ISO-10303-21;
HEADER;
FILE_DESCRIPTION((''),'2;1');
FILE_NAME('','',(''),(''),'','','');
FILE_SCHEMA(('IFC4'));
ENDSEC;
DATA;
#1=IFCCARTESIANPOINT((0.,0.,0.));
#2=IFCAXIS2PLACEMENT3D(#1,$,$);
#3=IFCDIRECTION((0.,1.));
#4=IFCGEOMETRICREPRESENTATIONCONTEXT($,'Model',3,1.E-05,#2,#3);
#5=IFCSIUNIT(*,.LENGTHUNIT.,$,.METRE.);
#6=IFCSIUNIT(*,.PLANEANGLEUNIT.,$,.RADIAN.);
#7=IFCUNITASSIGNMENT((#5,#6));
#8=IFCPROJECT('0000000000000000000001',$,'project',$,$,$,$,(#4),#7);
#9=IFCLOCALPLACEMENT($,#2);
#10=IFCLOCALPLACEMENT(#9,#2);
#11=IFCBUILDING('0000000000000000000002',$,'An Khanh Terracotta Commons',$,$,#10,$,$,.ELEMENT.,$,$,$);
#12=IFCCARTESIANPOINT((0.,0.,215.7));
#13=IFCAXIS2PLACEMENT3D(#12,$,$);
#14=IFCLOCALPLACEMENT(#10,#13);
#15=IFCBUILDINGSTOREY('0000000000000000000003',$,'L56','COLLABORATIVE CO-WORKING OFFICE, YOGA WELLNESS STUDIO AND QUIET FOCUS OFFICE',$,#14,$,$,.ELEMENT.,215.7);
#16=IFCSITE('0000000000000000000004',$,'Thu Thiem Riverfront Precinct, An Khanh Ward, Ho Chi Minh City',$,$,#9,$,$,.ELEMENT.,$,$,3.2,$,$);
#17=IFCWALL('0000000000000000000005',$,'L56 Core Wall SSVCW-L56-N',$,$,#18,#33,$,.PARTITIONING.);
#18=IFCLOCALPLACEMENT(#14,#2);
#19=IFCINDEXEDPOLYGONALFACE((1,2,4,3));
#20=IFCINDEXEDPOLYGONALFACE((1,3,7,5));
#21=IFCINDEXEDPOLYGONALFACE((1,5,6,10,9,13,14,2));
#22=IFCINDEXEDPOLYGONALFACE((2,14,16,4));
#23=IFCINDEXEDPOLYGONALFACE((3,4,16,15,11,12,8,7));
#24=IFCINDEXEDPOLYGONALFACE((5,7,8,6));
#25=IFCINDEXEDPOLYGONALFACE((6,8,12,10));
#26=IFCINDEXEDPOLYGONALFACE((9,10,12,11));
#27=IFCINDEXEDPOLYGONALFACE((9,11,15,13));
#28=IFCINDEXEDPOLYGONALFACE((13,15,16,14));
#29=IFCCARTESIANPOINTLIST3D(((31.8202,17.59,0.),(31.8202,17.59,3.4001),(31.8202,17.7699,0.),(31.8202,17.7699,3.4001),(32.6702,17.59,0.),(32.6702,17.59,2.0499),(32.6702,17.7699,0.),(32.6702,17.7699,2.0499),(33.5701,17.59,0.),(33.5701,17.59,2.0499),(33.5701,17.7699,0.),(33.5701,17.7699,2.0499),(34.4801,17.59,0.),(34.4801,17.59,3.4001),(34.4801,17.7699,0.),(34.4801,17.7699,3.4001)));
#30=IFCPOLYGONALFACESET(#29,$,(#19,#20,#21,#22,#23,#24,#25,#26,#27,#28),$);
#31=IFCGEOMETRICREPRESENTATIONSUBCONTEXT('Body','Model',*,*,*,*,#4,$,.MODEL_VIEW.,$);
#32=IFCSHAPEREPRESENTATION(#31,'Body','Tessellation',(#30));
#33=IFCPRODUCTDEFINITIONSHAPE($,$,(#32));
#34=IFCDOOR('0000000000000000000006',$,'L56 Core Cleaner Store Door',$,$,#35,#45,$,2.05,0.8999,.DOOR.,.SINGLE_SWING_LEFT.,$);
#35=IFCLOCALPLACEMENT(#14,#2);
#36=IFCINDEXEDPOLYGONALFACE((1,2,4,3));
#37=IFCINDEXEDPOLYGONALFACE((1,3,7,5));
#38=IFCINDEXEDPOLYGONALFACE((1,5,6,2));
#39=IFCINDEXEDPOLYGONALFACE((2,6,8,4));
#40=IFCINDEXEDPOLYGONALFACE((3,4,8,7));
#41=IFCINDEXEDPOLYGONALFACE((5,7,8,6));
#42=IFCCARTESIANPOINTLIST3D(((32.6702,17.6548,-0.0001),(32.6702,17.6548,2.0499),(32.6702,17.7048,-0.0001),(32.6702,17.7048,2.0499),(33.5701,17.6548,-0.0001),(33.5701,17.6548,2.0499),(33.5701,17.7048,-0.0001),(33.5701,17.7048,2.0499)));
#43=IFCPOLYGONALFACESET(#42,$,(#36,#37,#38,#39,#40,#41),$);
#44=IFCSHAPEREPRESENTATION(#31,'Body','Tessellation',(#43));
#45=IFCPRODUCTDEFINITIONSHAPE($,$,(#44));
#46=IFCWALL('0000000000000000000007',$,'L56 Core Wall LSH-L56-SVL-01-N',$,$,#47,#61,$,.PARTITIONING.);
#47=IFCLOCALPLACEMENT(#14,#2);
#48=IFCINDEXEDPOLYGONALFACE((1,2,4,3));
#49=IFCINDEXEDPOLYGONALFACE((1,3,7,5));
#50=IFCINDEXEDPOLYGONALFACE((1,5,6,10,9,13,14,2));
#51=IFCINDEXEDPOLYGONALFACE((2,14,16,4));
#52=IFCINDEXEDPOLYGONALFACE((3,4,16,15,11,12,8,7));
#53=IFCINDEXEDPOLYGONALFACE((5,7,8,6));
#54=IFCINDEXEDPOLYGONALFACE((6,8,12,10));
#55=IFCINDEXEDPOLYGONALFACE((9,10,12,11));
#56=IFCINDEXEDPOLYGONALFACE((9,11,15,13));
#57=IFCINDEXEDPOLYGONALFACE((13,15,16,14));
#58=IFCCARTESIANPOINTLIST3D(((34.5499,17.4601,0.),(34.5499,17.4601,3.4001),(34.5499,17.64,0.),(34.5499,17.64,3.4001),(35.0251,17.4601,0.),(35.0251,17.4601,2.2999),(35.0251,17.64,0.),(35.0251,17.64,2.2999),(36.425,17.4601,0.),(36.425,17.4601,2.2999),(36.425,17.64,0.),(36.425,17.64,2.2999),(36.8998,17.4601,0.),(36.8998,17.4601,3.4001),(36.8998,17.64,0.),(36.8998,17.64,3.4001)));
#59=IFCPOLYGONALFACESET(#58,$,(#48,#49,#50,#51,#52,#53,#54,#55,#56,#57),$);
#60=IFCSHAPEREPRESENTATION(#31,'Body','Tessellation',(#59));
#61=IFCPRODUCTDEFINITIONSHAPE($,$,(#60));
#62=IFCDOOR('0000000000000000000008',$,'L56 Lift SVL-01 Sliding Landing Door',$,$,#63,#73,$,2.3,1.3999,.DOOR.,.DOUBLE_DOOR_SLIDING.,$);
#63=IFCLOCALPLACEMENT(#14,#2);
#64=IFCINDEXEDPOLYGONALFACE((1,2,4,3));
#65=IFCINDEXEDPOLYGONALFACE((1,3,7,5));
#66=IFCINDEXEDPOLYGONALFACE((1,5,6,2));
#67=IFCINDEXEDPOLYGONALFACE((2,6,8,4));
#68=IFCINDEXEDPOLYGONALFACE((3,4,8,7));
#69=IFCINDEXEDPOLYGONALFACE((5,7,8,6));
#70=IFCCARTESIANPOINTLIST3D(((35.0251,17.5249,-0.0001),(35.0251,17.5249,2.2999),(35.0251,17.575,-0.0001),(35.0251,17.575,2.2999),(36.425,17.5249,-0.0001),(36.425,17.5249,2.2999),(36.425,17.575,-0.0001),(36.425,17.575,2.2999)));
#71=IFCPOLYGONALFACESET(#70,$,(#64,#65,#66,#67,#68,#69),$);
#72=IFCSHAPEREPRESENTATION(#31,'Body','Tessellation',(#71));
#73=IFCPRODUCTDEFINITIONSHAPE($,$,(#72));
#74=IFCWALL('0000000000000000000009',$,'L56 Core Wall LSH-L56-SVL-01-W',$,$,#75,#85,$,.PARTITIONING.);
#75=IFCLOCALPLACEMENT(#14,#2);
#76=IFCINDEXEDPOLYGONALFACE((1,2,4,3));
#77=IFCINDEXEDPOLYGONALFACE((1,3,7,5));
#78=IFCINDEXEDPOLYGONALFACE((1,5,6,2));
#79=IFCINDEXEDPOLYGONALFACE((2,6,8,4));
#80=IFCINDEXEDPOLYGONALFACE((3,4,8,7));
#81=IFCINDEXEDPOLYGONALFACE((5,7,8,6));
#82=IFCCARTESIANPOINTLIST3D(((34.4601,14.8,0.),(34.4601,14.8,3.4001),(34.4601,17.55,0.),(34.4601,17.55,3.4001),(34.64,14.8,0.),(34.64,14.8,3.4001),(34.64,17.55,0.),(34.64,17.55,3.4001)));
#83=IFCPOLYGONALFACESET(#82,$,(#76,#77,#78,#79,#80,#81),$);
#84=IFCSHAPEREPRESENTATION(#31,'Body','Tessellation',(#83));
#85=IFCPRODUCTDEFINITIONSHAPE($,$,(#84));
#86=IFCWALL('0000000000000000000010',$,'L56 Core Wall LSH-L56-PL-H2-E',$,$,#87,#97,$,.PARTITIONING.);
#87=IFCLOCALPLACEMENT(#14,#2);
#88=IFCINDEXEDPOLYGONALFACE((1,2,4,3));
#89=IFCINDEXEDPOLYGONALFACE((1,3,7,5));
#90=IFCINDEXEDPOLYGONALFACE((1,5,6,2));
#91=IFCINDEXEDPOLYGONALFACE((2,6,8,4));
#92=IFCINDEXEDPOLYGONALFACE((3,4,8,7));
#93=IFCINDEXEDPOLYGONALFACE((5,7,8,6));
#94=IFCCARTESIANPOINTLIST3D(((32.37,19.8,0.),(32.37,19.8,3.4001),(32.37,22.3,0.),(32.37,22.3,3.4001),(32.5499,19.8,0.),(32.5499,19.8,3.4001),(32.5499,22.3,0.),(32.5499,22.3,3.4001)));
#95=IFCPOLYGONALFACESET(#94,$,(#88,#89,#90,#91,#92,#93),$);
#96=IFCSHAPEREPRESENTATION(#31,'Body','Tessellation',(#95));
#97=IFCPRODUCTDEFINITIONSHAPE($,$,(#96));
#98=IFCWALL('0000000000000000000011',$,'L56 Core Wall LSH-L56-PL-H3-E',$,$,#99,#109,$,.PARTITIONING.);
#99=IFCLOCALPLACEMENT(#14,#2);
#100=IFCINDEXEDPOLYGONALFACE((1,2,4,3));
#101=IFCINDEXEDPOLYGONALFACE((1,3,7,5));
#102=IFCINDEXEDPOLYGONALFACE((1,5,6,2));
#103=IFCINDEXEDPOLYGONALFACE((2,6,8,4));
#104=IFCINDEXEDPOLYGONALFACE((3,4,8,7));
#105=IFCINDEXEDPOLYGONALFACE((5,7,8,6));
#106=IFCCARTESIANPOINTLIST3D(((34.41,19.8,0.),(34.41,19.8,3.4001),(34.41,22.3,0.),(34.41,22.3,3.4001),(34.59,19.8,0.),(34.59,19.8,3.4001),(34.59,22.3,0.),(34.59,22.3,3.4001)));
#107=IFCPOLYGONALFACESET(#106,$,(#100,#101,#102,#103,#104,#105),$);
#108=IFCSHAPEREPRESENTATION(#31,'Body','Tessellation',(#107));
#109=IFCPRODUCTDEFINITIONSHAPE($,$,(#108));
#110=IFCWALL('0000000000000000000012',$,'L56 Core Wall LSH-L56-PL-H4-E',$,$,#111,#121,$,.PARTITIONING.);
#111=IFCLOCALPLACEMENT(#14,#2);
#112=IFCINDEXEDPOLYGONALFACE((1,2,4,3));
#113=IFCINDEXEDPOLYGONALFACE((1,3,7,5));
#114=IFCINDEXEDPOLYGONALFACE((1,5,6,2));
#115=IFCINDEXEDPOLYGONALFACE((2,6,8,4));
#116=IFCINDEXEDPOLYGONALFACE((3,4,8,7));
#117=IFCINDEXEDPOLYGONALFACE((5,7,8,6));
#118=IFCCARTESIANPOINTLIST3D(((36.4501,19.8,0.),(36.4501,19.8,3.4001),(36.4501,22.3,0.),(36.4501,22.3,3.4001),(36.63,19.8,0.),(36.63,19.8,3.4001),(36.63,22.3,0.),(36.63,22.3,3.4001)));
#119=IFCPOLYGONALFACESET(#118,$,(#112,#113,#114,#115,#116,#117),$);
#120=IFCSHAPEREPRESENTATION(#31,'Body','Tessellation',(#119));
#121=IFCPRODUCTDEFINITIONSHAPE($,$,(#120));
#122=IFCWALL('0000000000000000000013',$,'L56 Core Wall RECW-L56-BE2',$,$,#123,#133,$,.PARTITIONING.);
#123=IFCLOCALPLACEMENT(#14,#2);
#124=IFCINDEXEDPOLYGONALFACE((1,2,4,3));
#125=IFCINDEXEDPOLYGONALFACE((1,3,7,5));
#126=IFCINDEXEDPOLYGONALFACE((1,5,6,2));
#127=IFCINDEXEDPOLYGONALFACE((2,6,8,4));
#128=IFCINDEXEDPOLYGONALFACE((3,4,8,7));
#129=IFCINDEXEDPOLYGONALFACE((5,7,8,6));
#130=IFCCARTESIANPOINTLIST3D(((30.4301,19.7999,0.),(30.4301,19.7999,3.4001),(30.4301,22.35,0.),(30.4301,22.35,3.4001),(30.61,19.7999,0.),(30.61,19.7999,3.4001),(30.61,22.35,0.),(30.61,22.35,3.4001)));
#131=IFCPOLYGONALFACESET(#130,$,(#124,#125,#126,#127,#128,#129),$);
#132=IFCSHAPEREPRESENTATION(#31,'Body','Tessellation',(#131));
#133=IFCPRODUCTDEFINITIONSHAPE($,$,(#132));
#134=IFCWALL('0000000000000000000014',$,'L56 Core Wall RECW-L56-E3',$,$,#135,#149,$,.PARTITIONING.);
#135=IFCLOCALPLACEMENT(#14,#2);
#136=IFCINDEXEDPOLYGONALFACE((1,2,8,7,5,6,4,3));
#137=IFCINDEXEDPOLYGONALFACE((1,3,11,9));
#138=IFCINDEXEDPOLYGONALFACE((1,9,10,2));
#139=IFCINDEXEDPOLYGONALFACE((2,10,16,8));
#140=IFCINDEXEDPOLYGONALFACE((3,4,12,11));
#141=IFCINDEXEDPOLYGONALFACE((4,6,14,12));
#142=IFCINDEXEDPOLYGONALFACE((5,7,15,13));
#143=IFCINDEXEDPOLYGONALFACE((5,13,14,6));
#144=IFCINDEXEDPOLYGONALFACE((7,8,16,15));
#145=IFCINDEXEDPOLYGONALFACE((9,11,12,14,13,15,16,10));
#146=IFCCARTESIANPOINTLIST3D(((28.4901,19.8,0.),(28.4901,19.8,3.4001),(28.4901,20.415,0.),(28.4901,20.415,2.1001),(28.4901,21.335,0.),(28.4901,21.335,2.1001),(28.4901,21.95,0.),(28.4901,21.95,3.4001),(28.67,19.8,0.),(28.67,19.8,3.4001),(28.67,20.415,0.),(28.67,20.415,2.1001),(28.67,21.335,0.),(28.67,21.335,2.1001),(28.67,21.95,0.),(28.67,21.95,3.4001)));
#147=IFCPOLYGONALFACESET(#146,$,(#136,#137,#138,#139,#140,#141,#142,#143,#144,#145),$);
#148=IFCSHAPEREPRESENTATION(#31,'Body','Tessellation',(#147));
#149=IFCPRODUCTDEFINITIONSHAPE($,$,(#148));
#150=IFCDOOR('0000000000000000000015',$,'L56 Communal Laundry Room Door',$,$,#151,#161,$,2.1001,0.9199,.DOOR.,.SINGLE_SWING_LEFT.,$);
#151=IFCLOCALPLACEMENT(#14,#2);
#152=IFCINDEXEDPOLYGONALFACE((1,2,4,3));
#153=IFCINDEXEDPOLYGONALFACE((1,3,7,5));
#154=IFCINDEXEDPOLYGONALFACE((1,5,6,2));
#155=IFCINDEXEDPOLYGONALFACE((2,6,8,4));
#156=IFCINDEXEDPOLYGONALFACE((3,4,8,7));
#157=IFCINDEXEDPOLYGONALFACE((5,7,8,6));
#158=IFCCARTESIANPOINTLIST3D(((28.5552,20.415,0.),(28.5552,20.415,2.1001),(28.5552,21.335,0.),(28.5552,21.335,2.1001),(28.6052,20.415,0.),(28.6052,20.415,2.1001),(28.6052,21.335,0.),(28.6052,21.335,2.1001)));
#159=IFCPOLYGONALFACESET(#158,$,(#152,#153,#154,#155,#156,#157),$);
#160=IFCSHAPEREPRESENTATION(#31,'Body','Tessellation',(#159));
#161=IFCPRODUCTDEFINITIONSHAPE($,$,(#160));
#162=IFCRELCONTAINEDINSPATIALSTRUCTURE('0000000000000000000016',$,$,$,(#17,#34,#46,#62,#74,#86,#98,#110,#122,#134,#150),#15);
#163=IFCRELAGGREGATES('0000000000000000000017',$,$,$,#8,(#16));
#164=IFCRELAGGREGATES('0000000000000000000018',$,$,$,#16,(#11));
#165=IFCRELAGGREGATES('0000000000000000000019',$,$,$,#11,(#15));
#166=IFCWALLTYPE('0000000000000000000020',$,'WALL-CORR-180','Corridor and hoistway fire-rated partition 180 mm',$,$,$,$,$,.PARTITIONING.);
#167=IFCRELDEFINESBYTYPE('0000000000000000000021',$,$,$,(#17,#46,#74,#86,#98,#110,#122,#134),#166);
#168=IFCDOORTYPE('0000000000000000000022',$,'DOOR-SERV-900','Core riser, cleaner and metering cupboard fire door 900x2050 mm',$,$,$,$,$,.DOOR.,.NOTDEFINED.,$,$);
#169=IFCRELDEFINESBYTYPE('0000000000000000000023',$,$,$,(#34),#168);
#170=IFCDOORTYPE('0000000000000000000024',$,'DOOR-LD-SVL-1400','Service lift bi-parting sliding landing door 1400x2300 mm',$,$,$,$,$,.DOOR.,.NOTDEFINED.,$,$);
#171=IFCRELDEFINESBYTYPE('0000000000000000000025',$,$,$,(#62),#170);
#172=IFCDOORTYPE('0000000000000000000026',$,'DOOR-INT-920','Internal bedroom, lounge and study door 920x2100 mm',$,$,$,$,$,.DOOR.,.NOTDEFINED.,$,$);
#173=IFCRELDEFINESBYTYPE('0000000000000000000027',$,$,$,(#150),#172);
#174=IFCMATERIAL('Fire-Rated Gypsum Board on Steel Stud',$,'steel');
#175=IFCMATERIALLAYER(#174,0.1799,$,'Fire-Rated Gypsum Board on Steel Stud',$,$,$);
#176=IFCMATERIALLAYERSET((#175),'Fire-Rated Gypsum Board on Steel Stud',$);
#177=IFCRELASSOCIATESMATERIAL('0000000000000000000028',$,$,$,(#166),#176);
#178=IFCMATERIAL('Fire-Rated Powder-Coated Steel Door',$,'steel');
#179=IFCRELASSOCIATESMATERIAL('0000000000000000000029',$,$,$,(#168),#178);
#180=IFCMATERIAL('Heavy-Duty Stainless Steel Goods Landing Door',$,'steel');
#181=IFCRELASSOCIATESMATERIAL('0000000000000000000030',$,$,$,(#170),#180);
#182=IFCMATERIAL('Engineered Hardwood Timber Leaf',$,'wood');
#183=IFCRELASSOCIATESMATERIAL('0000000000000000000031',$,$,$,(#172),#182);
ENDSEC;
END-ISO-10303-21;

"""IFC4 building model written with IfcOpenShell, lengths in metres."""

from ifc_helpers import new_model, si_unit, direction, frame, frame_2d, origin, place, context, subcontext, project, spatial, rectangle, extrude, material, layer, layer_set, type_object, element, fill, save


model = new_model("IFC4")

# Units and contexts
model_context = context("Model", 3, precision=1e-05, world=origin(), true_north=direction((0.0, 1.0)))
body_context = subcontext(model_context, "Body", "Model", "MODEL_VIEW")
ifc_project = project(units=[si_unit("LENGTHUNIT", "METRE"), si_unit("PLANEANGLEUNIT", "RADIAN")], contexts=[model_context])

# Site, building, storey
site_placement = place(None, origin())
site = spatial("IfcSite", under=ifc_project, at=site_placement, Name="Thu Thiem Riverfront Precinct, An Khanh Ward, Ho Chi Minh City", CompositionType="ELEMENT", RefElevation=3.2)
building_placement = place(site_placement, origin())
building = spatial("IfcBuilding", under=site, at=building_placement, Name="An Khanh Terracotta Commons", CompositionType="ELEMENT")
storey_placement = place(building_placement, frame((0.0, 0.0, 215.7)))
storey = spatial("IfcBuildingStorey", under=building, at=storey_placement, Name="L56", Description="COLLABORATIVE CO-WORKING OFFICE, YOGA WELLNESS STUDIO AND QUIET FOCUS OFFICE", CompositionType="ELEMENT", Elevation=215.7)

# Walls, openings, doors
ifc_material_1 = material(Name="Fire-Rated Gypsum Board on Steel Stud", Category="steel")
ifc_layer = layer(ifc_material_1, 0.1799, Name="Fire-Rated Gypsum Board on Steel Stud")
ifc_layer_set = layer_set([ifc_layer], Name="Fire-Rated Gypsum Board on Steel Stud")
wall_type = type_object("IfcWallType", Name="WALL-CORR-180", Description="Corridor and hoistway fire-rated partition 180 mm", PredefinedType="PARTITIONING", material=ifc_layer_set)
wall_1_placement = place(storey_placement, frame((31.8201, 17.6799, 0.0), z_axis=(0.0, 0.0, 1.0), x_axis=(1.0, 0.0, 0.0)))
wall_1 = element("IfcWall", 1, at=wall_1_placement, inside=storey, type_object=wall_type, Name="L56 Core Wall SSVCW-L56-N", PredefinedType="PARTITIONING", context=body_context, shape_type="SweptSolid", body=[
    extrude(rectangle(XDim=2.6599, YDim=0.1799, at=frame_2d((1.3301, 0.0))), origin(), (0.0, 0.0, 1.0), 3.4001),
])
opening_1_placement = place(wall_1_placement, frame((0.8501, 0.0, 0.0)))
opening_1 = element("IfcOpeningElement", 2, at=opening_1_placement, cuts=wall_1, PredefinedType="OPENING", context=body_context, shape_type="SweptSolid", body=[
    extrude(rectangle(XDim=0.8999, YDim=2.05, at=frame_2d((0.45, 1.0249))), frame((0.0, 0.0999, 0.0), z_axis=(0.0, -1.0, 0.0), x_axis=(1.0, 0.0, 0.0)), (0.0, 0.0, 1.0), 0.2),
])
ifc_material_2 = material(Name="Fire-Rated Powder-Coated Steel Door", Category="steel")
door_type_1 = type_object("IfcDoorType", Name="DOOR-SERV-900", Description="Core riser, cleaner and metering cupboard fire door 900x2050 mm", OperationType="NOTDEFINED", PredefinedType="DOOR", material=ifc_material_2)
door_1_placement = place(opening_1_placement, origin())
door_1 = element("IfcDoor", 3, at=door_1_placement, inside=storey, type_object=door_type_1, Name="L56 Core Cleaner Store Door", OperationType="SINGLE_SWING_LEFT", OverallHeight=2.05, OverallWidth=0.8999, PredefinedType="DOOR", context=body_context, shape_type="SweptSolid", body=[
    extrude(rectangle(XDim=0.8999, YDim=2.05, at=frame_2d((0.45, 1.0249))), frame((0.0, 0.0249, 0.0), z_axis=(0.0, -1.0, 0.0), x_axis=(1.0, 0.0, 0.0)), (0.0, 0.0, 1.0), 0.05),
])
fill(opening_1, door_1)
wall_2_placement = place(storey_placement, frame((34.55, 17.55, 0.0), z_axis=(0.0, 0.0, 1.0), x_axis=(1.0, 0.0, 0.0)))
wall_2 = element("IfcWall", 4, at=wall_2_placement, inside=storey, type_object=wall_type, Name="L56 Core Wall LSH-L56-SVL-01-N", PredefinedType="PARTITIONING", context=body_context, shape_type="SweptSolid", body=[
    extrude(rectangle(XDim=2.3499, YDim=0.1799, at=frame_2d((1.1748, 0.0))), origin(), (0.0, 0.0, 1.0), 3.4001),
])
opening_2_placement = place(wall_2_placement, frame((0.4751, 0.0, 0.0)))
opening_2 = element("IfcOpeningElement", 5, at=opening_2_placement, cuts=wall_2, PredefinedType="OPENING", context=body_context, shape_type="SweptSolid", body=[
    extrude(rectangle(XDim=1.3999, YDim=2.3, at=frame_2d((0.7, 1.1499))), frame((0.0, 0.0999, 0.0), z_axis=(0.0, -1.0, 0.0), x_axis=(1.0, 0.0, 0.0)), (0.0, 0.0, 1.0), 0.2),
])
ifc_material_3 = material(Name="Heavy-Duty Stainless Steel Goods Landing Door", Category="steel")
door_type_2 = type_object("IfcDoorType", Name="DOOR-LD-SVL-1400", Description="Service lift bi-parting sliding landing door 1400x2300 mm", OperationType="NOTDEFINED", PredefinedType="DOOR", material=ifc_material_3)
door_2_placement = place(opening_2_placement, origin())
door_2 = element("IfcDoor", 6, at=door_2_placement, inside=storey, type_object=door_type_2, Name="L56 Lift SVL-01 Sliding Landing Door", OperationType="DOUBLE_DOOR_SLIDING", OverallHeight=2.3, OverallWidth=1.3999, PredefinedType="DOOR", context=body_context, shape_type="SweptSolid", body=[
    extrude(rectangle(XDim=1.3999, YDim=2.3, at=frame_2d((0.7, 1.1499))), frame((0.0, 0.0249, 0.0), z_axis=(0.0, -1.0, 0.0), x_axis=(1.0, 0.0, 0.0)), (0.0, 0.0, 1.0), 0.05),
])
fill(opening_2, door_2)

# Walls
wall_3_placement = place(storey_placement, frame((34.55, 17.55, 0.0), z_axis=(0.0, 0.0, 1.0), x_axis=(0.0, -1.0, 0.0)))
element("IfcWall", 7, at=wall_3_placement, inside=storey, type_object=wall_type, Name="L56 Core Wall LSH-L56-SVL-01-W", PredefinedType="PARTITIONING", context=body_context, shape_type="SweptSolid", body=[
    extrude(rectangle(XDim=2.75, YDim=0.1799, at=frame_2d((1.375, 0.0))), origin(), (0.0, 0.0, 1.0), 3.4001),
])
for number, where, z_axis, x_axis, name in (
    (8, (32.46, 19.8, 0.0), (0.0, 0.0, 1.0), (0.0, 1.0, 0.0), "L56 Core Wall LSH-L56-PL-H2-E"),
    (9, (34.5, 19.8, 0.0), (0.0, 0.0, 1.0), (0.0, 1.0, 0.0), "L56 Core Wall LSH-L56-PL-H3-E"),
    (10, (36.54, 19.8, 0.0), (0.0, 0.0, 1.0), (0.0, 1.0, 0.0), "L56 Core Wall LSH-L56-PL-H4-E"),
):
    element("IfcWall", number, at=place(storey_placement, frame(where, z_axis=z_axis, x_axis=x_axis)), inside=storey, type_object=wall_type, Name=name, PredefinedType="PARTITIONING", context=body_context, shape_type="SweptSolid", body=[
        extrude(rectangle(XDim=2.5, YDim=0.1799, at=frame_2d((1.25, 0.0))), origin(), (0.0, 0.0, 1.0), 3.4001),
    ])
wall_4_placement = place(storey_placement, frame((30.52, 19.8, 0.0), z_axis=(0.0, 0.0, 1.0), x_axis=(0.0, 1.0, 0.0)))
element("IfcWall", 11, at=wall_4_placement, inside=storey, type_object=wall_type, Name="L56 Core Wall RECW-L56-BE2", PredefinedType="PARTITIONING", context=body_context, shape_type="SweptSolid", body=[
    extrude(rectangle(XDim=2.55, YDim=0.1799, at=frame_2d((1.2749, 0.0))), origin(), (0.0, 0.0, 1.0), 3.4001),
])

# Wall, opening, door
wall_5_placement = place(storey_placement, frame((28.5801, 19.8, 0.0), z_axis=(0.0, 0.0, 1.0), x_axis=(0.0, 1.0, 0.0)))
wall_5 = element("IfcWall", 12, at=wall_5_placement, inside=storey, type_object=wall_type, Name="L56 Core Wall RECW-L56-E3", PredefinedType="PARTITIONING", context=body_context, shape_type="SweptSolid", body=[
    extrude(rectangle(XDim=2.1499, YDim=0.1799, at=frame_2d((1.075, 0.0))), origin(), (0.0, 0.0, 1.0), 3.4001),
])
opening_3_placement = place(wall_5_placement, frame((0.615, 0.0, 0.0)))
opening_3 = element("IfcOpeningElement", 13, at=opening_3_placement, cuts=wall_5, PredefinedType="OPENING", context=body_context, shape_type="SweptSolid", body=[
    extrude(rectangle(XDim=0.9199, YDim=2.1001, at=frame_2d((0.46, 1.05))), frame((0.0, 0.0999, 0.0), z_axis=(0.0, -1.0, 0.0), x_axis=(1.0, 0.0, 0.0)), (0.0, 0.0, 1.0), 0.2),
])
ifc_material_4 = material(Name="Engineered Hardwood Timber Leaf", Category="wood")
door_type_3 = type_object("IfcDoorType", Name="DOOR-INT-920", Description="Internal bedroom, lounge and study door 920x2100 mm", OperationType="NOTDEFINED", PredefinedType="DOOR", material=ifc_material_4)
door_3_placement = place(opening_3_placement, origin())
door_3 = element("IfcDoor", 14, at=door_3_placement, inside=storey, type_object=door_type_3, Name="L56 Communal Laundry Room Door", OperationType="SINGLE_SWING_LEFT", OverallHeight=2.1001, OverallWidth=0.9199, PredefinedType="DOOR", context=body_context, shape_type="SweptSolid", body=[
    extrude(rectangle(XDim=0.9199, YDim=2.1001, at=frame_2d((0.46, 1.05))), frame((0.0, 0.0249, 0.0), z_axis=(0.0, -1.0, 0.0), x_axis=(1.0, 0.0, 0.0)), (0.0, 0.0, 1.0), 0.05),
])
fill(opening_3, door_3)

save(model, "model.ifc")
